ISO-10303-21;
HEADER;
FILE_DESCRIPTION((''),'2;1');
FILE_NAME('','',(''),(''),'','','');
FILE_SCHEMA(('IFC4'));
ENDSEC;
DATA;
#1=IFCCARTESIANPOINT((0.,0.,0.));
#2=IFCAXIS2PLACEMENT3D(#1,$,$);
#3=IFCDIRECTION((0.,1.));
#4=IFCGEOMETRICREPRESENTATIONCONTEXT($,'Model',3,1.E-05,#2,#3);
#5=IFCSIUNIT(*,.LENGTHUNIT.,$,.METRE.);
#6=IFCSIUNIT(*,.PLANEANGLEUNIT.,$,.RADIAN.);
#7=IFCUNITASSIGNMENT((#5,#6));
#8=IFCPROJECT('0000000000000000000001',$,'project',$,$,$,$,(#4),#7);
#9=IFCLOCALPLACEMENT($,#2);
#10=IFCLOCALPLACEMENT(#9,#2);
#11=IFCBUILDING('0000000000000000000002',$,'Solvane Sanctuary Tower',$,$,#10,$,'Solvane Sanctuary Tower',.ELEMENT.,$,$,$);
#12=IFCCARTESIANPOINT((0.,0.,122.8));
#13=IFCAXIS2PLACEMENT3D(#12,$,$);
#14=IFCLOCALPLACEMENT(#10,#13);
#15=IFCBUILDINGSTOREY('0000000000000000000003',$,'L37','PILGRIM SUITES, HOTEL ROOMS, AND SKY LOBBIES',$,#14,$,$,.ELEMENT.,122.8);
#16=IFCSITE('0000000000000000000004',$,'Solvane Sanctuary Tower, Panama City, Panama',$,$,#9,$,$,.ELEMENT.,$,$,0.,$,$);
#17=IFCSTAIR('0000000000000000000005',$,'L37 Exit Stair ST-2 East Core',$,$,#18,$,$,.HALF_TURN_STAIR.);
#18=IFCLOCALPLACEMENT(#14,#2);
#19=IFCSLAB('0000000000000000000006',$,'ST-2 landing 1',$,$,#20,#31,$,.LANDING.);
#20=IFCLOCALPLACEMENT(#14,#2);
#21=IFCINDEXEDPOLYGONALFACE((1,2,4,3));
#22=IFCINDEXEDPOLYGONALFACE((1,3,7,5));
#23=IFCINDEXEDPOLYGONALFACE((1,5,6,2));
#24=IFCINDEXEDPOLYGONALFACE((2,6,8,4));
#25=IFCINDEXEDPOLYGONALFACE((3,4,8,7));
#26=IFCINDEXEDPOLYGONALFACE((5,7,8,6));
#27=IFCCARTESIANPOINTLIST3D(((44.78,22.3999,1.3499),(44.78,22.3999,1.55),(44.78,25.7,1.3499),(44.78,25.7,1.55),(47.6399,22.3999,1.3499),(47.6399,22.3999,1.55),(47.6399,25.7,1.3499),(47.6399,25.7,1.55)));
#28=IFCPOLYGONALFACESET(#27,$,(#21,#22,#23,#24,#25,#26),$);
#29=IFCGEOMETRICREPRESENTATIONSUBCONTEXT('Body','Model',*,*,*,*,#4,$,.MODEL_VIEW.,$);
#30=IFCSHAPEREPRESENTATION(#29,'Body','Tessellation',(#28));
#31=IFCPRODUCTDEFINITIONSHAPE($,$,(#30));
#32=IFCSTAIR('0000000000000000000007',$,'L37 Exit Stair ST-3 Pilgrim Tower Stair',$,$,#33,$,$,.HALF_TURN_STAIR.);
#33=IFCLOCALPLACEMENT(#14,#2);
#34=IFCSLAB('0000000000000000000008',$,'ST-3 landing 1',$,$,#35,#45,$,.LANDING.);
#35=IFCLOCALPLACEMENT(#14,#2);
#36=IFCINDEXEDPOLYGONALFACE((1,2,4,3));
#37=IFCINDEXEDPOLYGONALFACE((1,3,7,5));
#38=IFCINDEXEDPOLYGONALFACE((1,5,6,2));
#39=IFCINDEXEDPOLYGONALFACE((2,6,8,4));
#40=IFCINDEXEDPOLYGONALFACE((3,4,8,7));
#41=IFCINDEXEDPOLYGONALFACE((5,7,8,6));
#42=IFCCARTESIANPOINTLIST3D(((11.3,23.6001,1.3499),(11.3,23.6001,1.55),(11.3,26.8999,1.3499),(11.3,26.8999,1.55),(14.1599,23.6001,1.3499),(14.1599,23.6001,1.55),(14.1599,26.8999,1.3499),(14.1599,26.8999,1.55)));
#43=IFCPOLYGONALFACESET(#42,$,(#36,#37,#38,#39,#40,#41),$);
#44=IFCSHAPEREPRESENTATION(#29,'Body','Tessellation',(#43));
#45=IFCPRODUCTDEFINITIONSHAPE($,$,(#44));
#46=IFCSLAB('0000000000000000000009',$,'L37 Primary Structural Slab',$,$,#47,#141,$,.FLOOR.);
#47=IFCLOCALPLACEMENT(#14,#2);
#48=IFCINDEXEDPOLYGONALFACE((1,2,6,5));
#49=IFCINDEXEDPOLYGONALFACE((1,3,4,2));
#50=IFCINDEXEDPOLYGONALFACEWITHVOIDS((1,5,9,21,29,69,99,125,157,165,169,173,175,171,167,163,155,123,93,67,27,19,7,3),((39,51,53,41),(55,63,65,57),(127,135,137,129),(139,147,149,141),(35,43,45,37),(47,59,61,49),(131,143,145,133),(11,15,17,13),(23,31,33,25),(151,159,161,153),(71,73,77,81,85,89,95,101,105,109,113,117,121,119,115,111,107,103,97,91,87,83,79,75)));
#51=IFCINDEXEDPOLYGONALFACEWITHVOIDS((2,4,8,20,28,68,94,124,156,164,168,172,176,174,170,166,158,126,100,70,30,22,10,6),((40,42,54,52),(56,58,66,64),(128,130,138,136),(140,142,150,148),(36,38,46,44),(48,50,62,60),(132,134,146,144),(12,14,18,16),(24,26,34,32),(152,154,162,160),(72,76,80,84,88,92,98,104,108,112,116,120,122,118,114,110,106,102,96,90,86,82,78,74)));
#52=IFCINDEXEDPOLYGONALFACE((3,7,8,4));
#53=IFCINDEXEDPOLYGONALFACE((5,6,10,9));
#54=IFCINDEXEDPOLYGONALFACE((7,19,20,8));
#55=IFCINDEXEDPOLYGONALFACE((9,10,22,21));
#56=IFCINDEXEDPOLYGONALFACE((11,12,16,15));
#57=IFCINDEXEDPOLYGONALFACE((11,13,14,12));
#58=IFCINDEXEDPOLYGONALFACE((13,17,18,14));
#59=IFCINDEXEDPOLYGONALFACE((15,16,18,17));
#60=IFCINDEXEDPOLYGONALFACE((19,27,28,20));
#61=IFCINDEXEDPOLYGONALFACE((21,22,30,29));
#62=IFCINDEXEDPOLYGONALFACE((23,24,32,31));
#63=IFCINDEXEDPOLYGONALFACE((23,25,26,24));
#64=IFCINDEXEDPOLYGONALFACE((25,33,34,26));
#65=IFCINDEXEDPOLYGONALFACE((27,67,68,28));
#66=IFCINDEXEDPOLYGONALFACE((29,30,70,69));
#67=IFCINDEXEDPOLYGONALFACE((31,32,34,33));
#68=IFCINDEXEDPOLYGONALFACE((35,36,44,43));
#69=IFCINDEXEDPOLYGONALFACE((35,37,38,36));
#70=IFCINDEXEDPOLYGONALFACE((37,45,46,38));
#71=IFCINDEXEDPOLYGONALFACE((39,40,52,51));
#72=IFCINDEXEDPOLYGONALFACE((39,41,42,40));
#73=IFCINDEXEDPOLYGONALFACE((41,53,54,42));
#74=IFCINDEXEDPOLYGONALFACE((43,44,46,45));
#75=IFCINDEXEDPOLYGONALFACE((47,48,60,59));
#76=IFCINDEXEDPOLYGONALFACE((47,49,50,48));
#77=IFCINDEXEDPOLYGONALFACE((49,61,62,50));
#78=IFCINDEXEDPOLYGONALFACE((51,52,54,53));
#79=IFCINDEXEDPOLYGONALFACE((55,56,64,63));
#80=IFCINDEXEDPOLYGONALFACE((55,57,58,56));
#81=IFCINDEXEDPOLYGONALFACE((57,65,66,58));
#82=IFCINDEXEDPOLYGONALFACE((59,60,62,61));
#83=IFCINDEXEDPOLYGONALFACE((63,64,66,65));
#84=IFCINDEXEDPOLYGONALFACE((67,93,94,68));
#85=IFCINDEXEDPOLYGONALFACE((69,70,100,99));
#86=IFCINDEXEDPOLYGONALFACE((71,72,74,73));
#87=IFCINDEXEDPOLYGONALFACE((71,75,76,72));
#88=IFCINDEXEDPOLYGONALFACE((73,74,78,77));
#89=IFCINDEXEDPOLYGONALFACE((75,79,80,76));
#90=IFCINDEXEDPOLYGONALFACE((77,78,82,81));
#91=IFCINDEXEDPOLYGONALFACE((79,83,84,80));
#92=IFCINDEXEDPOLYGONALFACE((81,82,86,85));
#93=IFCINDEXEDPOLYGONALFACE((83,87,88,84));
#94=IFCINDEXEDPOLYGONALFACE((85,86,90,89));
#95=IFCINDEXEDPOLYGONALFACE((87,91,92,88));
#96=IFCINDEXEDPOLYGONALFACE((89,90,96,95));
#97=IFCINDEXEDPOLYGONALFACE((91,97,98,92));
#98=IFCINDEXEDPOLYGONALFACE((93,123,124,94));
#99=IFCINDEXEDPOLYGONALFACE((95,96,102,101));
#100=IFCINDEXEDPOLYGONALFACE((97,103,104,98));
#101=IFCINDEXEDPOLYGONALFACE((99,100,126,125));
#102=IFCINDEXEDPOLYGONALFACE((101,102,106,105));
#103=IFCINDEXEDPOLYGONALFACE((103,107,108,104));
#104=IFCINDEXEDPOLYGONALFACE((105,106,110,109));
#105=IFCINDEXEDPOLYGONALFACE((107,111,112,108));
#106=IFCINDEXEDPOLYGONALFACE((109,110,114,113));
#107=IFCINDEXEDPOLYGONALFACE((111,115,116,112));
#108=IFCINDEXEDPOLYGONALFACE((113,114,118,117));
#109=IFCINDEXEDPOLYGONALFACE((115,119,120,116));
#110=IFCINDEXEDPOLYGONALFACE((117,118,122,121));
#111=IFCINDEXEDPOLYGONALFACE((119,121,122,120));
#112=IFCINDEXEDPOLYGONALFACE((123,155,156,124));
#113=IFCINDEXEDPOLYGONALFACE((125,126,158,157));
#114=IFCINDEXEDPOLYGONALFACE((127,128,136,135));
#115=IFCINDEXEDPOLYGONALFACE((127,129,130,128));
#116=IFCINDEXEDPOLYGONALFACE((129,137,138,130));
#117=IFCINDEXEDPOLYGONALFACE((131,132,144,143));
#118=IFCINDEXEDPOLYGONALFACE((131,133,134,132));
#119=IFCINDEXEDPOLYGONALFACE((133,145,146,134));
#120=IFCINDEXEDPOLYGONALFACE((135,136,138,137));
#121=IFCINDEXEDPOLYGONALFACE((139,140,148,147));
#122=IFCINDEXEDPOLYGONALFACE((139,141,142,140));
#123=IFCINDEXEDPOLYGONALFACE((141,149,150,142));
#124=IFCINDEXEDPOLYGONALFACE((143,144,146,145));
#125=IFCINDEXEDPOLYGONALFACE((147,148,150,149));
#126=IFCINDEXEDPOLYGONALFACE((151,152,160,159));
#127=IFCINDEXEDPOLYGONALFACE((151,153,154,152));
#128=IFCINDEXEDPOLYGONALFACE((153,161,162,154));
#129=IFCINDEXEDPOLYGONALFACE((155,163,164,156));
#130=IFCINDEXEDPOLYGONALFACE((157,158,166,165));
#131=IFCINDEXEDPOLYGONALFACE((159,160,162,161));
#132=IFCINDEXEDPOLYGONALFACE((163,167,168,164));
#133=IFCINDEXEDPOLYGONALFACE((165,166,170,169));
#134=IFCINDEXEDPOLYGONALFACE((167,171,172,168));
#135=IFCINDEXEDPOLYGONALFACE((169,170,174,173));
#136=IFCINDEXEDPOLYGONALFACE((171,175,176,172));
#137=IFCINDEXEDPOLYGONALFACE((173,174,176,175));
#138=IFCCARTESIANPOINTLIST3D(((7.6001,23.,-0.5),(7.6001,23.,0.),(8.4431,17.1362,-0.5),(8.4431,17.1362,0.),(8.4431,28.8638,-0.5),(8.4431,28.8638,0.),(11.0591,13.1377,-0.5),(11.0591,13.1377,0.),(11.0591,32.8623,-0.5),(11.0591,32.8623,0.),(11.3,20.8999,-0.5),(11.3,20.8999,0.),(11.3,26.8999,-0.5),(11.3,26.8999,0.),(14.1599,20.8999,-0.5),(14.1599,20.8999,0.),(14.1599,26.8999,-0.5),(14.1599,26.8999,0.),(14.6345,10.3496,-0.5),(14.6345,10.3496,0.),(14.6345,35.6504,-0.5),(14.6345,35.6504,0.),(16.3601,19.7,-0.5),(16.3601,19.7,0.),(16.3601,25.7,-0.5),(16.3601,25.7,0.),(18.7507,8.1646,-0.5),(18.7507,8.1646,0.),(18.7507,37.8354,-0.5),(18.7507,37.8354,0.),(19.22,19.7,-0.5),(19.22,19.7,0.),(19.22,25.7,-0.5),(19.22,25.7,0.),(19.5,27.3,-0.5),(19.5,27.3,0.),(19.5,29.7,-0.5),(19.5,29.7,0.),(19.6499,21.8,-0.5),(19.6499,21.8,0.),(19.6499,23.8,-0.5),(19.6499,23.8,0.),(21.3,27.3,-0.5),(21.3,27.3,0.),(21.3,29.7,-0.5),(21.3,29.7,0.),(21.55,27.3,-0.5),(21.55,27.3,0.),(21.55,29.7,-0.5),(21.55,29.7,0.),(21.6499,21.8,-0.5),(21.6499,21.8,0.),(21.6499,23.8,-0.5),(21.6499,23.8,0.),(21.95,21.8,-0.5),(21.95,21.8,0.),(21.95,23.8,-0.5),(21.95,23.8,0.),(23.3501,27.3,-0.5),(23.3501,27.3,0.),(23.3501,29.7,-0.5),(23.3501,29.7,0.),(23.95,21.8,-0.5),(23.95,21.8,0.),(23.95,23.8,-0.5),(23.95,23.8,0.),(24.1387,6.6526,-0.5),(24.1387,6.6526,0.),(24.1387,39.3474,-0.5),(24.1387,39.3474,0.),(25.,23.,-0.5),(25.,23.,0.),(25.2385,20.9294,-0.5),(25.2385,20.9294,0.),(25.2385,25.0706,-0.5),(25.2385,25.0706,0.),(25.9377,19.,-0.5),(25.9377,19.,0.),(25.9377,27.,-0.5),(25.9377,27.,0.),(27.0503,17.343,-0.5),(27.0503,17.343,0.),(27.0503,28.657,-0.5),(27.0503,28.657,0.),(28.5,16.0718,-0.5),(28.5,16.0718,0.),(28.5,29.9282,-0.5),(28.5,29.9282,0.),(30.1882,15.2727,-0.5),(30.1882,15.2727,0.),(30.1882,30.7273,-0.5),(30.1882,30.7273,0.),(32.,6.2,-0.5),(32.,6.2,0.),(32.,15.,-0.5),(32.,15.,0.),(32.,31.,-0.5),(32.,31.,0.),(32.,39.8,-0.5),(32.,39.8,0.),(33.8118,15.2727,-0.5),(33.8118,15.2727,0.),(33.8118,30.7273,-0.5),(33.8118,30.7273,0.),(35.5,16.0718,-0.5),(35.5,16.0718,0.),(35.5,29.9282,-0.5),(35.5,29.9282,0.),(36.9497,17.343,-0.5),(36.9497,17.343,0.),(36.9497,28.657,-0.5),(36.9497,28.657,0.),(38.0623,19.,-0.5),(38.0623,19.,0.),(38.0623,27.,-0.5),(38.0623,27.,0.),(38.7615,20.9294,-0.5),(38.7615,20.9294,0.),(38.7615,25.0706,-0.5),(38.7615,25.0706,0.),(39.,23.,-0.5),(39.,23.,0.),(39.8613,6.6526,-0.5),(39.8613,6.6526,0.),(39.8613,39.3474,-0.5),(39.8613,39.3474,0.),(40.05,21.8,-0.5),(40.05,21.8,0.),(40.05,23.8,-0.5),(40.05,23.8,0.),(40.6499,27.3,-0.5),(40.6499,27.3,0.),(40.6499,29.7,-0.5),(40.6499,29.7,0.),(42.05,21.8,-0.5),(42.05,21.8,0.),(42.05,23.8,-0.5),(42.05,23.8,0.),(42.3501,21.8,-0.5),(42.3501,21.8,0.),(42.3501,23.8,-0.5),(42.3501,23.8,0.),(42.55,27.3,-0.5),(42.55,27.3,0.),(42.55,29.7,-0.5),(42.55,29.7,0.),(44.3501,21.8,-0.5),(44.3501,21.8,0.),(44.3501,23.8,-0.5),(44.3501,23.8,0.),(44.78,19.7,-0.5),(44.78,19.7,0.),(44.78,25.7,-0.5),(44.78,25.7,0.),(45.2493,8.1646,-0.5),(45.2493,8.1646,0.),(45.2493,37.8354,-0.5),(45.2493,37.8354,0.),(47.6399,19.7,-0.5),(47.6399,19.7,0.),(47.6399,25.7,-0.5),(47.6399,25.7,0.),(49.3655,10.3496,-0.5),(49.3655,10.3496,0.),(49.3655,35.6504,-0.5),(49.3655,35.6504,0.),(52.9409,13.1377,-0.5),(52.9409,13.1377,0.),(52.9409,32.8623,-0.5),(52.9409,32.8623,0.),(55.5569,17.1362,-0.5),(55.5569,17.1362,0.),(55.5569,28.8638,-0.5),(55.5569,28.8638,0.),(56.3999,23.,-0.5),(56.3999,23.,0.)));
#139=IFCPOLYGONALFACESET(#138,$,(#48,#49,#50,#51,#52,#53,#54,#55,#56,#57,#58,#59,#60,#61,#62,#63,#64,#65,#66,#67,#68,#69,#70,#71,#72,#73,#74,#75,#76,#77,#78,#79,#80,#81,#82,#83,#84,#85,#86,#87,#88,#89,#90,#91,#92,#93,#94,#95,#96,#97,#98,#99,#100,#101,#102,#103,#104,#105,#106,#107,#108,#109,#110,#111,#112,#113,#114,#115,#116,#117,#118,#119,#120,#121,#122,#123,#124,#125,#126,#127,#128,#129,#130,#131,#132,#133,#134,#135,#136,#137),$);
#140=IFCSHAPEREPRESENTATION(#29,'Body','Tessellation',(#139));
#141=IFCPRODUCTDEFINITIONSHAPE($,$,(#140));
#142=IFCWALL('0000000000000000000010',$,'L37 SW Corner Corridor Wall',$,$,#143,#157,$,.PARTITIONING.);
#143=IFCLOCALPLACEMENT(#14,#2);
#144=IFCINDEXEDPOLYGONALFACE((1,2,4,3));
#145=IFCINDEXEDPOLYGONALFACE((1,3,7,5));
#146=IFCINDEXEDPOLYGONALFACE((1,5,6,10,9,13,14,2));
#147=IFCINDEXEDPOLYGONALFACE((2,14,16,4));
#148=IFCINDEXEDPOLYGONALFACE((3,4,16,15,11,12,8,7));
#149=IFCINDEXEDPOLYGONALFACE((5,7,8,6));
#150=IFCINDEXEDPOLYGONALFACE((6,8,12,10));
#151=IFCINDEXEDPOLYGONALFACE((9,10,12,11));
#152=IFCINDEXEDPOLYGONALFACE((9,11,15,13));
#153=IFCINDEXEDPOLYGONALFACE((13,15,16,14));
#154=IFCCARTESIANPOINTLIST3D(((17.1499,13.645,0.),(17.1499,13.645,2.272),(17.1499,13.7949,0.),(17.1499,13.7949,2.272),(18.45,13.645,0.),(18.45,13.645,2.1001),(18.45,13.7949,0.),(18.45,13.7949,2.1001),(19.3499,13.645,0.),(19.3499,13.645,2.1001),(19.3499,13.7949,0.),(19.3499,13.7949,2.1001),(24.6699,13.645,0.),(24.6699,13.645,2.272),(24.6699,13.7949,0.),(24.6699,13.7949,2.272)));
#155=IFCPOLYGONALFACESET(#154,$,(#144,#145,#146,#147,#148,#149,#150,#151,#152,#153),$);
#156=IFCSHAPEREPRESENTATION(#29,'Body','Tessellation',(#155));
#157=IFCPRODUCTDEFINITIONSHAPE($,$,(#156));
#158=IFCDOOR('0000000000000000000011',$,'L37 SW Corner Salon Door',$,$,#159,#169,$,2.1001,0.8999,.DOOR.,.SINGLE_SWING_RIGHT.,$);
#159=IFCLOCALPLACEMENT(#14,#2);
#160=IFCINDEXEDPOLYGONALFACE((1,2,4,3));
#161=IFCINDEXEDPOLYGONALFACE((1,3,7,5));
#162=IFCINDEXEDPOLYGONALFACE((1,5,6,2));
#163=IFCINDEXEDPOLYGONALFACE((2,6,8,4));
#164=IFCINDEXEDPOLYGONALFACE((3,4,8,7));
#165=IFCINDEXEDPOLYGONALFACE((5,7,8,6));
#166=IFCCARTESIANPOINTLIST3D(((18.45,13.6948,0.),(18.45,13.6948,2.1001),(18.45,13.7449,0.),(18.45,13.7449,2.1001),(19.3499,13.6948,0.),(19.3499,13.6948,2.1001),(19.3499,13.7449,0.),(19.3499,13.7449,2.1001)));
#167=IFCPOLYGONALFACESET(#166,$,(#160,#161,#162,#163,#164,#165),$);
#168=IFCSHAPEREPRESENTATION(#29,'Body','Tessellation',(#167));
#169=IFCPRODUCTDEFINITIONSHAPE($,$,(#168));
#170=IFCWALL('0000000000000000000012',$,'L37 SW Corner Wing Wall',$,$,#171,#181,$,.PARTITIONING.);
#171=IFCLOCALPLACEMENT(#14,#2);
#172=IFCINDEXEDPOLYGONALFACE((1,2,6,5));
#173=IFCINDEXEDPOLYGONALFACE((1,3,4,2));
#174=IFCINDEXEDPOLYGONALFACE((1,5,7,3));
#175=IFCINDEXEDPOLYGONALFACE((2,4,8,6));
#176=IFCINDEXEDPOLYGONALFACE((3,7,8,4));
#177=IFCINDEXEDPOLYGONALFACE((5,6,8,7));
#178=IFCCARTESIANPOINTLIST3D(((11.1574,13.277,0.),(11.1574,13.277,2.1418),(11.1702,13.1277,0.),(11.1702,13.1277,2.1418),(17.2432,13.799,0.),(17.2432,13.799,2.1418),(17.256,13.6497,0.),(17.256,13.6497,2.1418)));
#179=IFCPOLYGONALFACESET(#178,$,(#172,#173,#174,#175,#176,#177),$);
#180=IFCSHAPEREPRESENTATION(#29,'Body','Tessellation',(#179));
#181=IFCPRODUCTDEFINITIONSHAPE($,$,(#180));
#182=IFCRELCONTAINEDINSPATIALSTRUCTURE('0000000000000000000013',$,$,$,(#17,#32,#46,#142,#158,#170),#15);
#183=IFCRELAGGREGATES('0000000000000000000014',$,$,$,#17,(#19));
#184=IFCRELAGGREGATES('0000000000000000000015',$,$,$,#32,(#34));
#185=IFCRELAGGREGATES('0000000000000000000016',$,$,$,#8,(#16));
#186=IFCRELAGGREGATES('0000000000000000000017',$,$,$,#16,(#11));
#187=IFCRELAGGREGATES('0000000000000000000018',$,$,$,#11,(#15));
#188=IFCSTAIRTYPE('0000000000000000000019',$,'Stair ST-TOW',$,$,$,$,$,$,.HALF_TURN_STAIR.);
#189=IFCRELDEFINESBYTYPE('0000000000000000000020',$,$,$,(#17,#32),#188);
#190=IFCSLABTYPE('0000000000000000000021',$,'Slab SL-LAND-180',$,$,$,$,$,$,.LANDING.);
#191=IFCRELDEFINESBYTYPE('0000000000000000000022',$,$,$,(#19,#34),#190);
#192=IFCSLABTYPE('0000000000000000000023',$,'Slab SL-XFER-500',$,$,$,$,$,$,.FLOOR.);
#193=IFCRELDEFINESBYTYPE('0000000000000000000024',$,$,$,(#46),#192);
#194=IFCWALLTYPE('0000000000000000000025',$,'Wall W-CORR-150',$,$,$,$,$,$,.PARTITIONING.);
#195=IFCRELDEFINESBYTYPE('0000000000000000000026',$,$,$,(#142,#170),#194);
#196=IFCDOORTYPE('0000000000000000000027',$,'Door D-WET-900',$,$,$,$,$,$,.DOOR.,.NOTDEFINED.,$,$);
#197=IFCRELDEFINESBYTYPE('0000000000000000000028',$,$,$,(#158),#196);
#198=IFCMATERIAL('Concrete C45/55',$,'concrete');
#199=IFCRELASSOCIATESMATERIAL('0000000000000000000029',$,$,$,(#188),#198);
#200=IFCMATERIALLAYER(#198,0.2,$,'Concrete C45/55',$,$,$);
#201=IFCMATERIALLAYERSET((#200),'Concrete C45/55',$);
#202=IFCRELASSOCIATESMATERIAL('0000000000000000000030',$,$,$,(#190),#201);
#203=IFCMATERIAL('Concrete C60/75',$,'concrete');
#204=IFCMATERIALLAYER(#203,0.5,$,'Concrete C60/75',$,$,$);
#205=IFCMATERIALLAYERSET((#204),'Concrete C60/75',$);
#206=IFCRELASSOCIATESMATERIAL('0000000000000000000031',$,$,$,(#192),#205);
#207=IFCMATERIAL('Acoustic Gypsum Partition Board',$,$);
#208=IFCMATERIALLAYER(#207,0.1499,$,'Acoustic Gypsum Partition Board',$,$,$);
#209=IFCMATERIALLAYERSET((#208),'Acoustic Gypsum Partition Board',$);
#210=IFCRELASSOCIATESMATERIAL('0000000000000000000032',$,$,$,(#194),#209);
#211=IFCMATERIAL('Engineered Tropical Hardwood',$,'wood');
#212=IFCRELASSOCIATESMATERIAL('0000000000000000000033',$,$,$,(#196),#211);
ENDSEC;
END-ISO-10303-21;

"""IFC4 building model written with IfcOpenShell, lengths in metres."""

from ifc_helpers import new_model, si_unit, direction, frame, frame_2d, origin, place, context, subcontext, project, spatial, polyline, rectangle, outline, extrude, material, layer, layer_set, type_object, element, fill, aggregate, save


model = new_model("IFC4")

# Units and contexts
model_context = context("Model", 3, precision=1e-05, world=origin(), true_north=direction((0.0, 1.0)))
body_context = subcontext(model_context, "Body", "Model", "MODEL_VIEW")
ifc_project = project(units=[si_unit("LENGTHUNIT", "METRE"), si_unit("PLANEANGLEUNIT", "RADIAN")], contexts=[model_context])

# Site, building, storey
site_placement = place(None, origin())
site = spatial("IfcSite", under=ifc_project, at=site_placement, Name="Solvane Sanctuary Tower, Panama City, Panama", CompositionType="ELEMENT", RefElevation=0.0)
building_placement = place(site_placement, origin())
building = spatial("IfcBuilding", under=site, at=building_placement, Name="Solvane Sanctuary Tower", LongName="Solvane Sanctuary Tower", CompositionType="ELEMENT")
storey_placement = place(building_placement, frame((0.0, 0.0, 122.8)))
storey = spatial("IfcBuildingStorey", under=building, at=storey_placement, Name="L37", Description="PILGRIM SUITES, HOTEL ROOMS, AND SKY LOBBIES", CompositionType="ELEMENT", Elevation=122.8)

# Shared definitions
ifc_material_1 = material(Name="Concrete C60/75", Category="concrete")

# Stairs, slabs
ifc_material_2 = material(Name="Concrete C45/55", Category="concrete")
stair_type = type_object("IfcStairType", Name="Stair ST-TOW", PredefinedType="HALF_TURN_STAIR", material=ifc_material_2)
ifc_layer_1 = layer(ifc_material_2, 0.2, Name="Concrete C45/55")
ifc_layer_set_1 = layer_set([ifc_layer_1], Name="Concrete C45/55")
slab_type_1 = type_object("IfcSlabType", Name="Slab SL-LAND-180", PredefinedType="LANDING", material=ifc_layer_set_1)
stair_1_placement = place(storey_placement, origin())
stair_1 = element("IfcStair", 1, at=stair_1_placement, inside=storey, type_object=stair_type, Name="L37 Exit Stair ST-2 East Core", PredefinedType="HALF_TURN_STAIR")
slab_1_placement = place(storey_placement, frame((0.0, 0.0, 1.3499)))
slab_1 = element("IfcSlab", 2, at=slab_1_placement, type_object=slab_type_1, Name="ST-2 landing 1", PredefinedType="LANDING", context=body_context, shape_type="SweptSolid", body=[
    extrude(outline(polyline([(47.6399, 22.3999), (47.6399, 25.7), (44.78, 25.7), (44.78, 22.3999), (47.6399, 22.3999)])), origin(), (0.0, 0.0, 1.0), 0.2002),
])
aggregate(stair_1, [slab_1])
stair_2_placement = place(storey_placement, origin())
stair_2 = element("IfcStair", 3, at=stair_2_placement, inside=storey, type_object=stair_type, Name="L37 Exit Stair ST-3 Pilgrim Tower Stair", PredefinedType="HALF_TURN_STAIR")
slab_2_placement = place(storey_placement, frame((0.0, 0.0, 1.3499)))
slab_2 = element("IfcSlab", 4, at=slab_2_placement, type_object=slab_type_1, Name="ST-3 landing 1", PredefinedType="LANDING", context=body_context, shape_type="SweptSolid", body=[
    extrude(outline(polyline([(14.1599, 23.6001), (14.1599, 26.8999), (11.3, 26.8999), (11.3, 23.6001), (14.1599, 23.6001)])), origin(), (0.0, 0.0, 1.0), 0.2002),
])
aggregate(stair_2, [slab_2])

# Slab
ifc_layer_2 = layer(ifc_material_1, 0.5, Name="Concrete C60/75")
ifc_layer_set_2 = layer_set([ifc_layer_2], Name="Concrete C60/75")
slab_type_2 = type_object("IfcSlabType", Name="Slab SL-XFER-500", PredefinedType="FLOOR", material=ifc_layer_set_2)
slab_3_placement = place(storey_placement, frame((0.0, 0.0, -0.5)))
element("IfcSlab", 5, at=slab_3_placement, inside=storey, type_object=slab_type_2, Name="L37 Primary Structural Slab", PredefinedType="FLOOR", context=body_context, shape_type="SweptSolid", body=[
    extrude(outline(polyline([(56.3999, 23.0), (55.5569, 28.8638), (52.9409, 32.8623), (49.3655, 35.6504), (45.2493, 37.8354), (39.8613, 39.3474), (32.0, 39.8), (24.1387, 39.3474), (18.7507, 37.8354), (14.6345, 35.6504), (11.0591, 32.8623), (8.4431, 28.8638), (7.6001, 23.0), (8.4431, 17.1362), (11.0591, 13.1377), (14.6345, 10.3496), (18.7507, 8.1646), (24.1387, 6.6526), (32.0, 6.2), (39.8613, 6.6526), (45.2493, 8.1646), (49.3655, 10.3496), (52.9409, 13.1377), (55.5569, 17.1362), (56.3999, 23.0)]), holes=[polyline([(38.7615, 20.9294), (38.0623, 19.0), (36.9497, 17.343), (35.5, 16.0718), (33.8118, 15.2727), (32.0, 15.0), (30.1882, 15.2727), (28.5, 16.0718), (27.0503, 17.343), (25.9377, 19.0), (25.2385, 20.9294), (25.0, 23.0), (25.2385, 25.0706), (25.9377, 27.0), (27.0503, 28.657), (28.5, 29.9282), (30.1882, 30.7273), (32.0, 31.0), (33.8118, 30.7273), (35.5, 29.9282), (36.9497, 28.657), (38.0623, 27.0), (38.7615, 25.0706), (39.0, 23.0), (38.7615, 20.9294)]), polyline([(16.3601, 19.7), (16.3601, 25.7), (19.22, 25.7), (19.22, 19.7), (16.3601, 19.7)]), polyline([(44.78, 19.7), (44.78, 25.7), (47.6399, 25.7), (47.6399, 19.7), (44.78, 19.7)]), polyline([(11.3, 20.8999), (11.3, 26.8999), (14.1599, 26.8999), (14.1599, 20.8999), (11.3, 20.8999)]), polyline([(19.6499, 23.8), (21.6499, 23.8), (21.6499, 21.8), (19.6499, 21.8), (19.6499, 23.8)]), polyline([(42.3501, 23.8), (44.3501, 23.8), (44.3501, 21.8), (42.3501, 21.8), (42.3501, 23.8)]), polyline([(21.95, 23.8), (23.95, 23.8), (23.95, 21.8), (21.95, 21.8), (21.95, 23.8)]), polyline([(40.05, 23.8), (42.05, 23.8), (42.05, 21.8), (40.05, 21.8), (40.05, 23.8)]), polyline([(19.5, 29.7), (21.3, 29.7), (21.3, 27.3), (19.5, 27.3), (19.5, 29.7)]), polyline([(21.55, 29.7), (23.3501, 29.7), (23.3501, 27.3), (21.55, 27.3), (21.55, 29.7)]), polyline([(40.6499, 29.7), (42.55, 29.7), (42.55, 27.3), (40.6499, 27.3), (40.6499, 29.7)])]), origin(), (0.0, 0.0, 1.0), 0.5),
])

# Wall, opening, door
ifc_material_3 = material(Name="Acoustic Gypsum Partition Board")
ifc_layer_3 = layer(ifc_material_3, 0.1499, Name="Acoustic Gypsum Partition Board")
ifc_layer_set_3 = layer_set([ifc_layer_3], Name="Acoustic Gypsum Partition Board")
wall_type_1 = type_object("IfcWallType", Name="Wall W-CORR-150", PredefinedType="PARTITIONING", material=ifc_layer_set_3)
wall_1_placement = place(storey_placement, frame((17.1499, 13.72, 0.0), z_axis=(0.0, 0.0, 1.0), x_axis=(1.0, 0.0, 0.0)))
wall_1 = element("IfcWall", 6, at=wall_1_placement, inside=storey, type_object=wall_type_1, Name="L37 SW Corner Corridor Wall", PredefinedType="PARTITIONING", context=body_context, shape_type="SweptSolid", body=[
    extrude(rectangle(XDim=7.52, YDim=0.1499, at=frame_2d((3.76, 0.0))), origin(), (0.0, 0.0, 1.0), 2.272),
])
opening_1_placement = place(wall_1_placement, frame((1.3, 0.0, 0.0)))
opening_1 = element("IfcOpeningElement", 7, at=opening_1_placement, cuts=wall_1, PredefinedType="OPENING", context=body_context, shape_type="SweptSolid", body=[
    extrude(rectangle(XDim=0.8999, YDim=2.1001, at=frame_2d((0.45, 1.05))), frame((0.0, 0.085, 0.0), z_axis=(0.0, -1.0, 0.0), x_axis=(1.0, 0.0, 0.0)), (0.0, 0.0, 1.0), 0.1699),
])
ifc_material_4 = material(Name="Engineered Tropical Hardwood", Category="wood")
door_type = type_object("IfcDoorType", Name="Door D-WET-900", OperationType="NOTDEFINED", PredefinedType="DOOR", material=ifc_material_4)
door_placement = place(opening_1_placement, origin())
door = element("IfcDoor", 8, at=door_placement, inside=storey, type_object=door_type, Name="L37 SW Corner Salon Door", OperationType="SINGLE_SWING_RIGHT", OverallHeight=2.1001, OverallWidth=0.8999, PredefinedType="DOOR", context=body_context, shape_type="SweptSolid", body=[
    extrude(rectangle(XDim=0.8999, YDim=2.1001, at=frame_2d((0.45, 1.05))), frame((0.0, 0.0249, 0.0), z_axis=(0.0, -1.0, 0.0), x_axis=(1.0, 0.0, 0.0)), (0.0, 0.0, 1.0), 0.05),
])
fill(opening_1, door)

# Wall
wall_2_placement = place(storey_placement, frame((17.2498, 13.7244, 0.0), z_axis=(0.0, 0.0, 1.0), x_axis=(-0.996342, -0.085457, 0.0)))
element("IfcWall", 9, at=wall_2_placement, inside=storey, type_object=wall_type_1, Name="L37 SW Corner Wing Wall", PredefinedType="PARTITIONING", context=body_context, shape_type="SweptSolid", body=[
    extrude(rectangle(XDim=6.1082, YDim=0.1499, at=frame_2d((3.0542, 0.0))), origin(), (0.0, 0.0, 1.0), 2.1418),
])

save(model, "model.ifc")
